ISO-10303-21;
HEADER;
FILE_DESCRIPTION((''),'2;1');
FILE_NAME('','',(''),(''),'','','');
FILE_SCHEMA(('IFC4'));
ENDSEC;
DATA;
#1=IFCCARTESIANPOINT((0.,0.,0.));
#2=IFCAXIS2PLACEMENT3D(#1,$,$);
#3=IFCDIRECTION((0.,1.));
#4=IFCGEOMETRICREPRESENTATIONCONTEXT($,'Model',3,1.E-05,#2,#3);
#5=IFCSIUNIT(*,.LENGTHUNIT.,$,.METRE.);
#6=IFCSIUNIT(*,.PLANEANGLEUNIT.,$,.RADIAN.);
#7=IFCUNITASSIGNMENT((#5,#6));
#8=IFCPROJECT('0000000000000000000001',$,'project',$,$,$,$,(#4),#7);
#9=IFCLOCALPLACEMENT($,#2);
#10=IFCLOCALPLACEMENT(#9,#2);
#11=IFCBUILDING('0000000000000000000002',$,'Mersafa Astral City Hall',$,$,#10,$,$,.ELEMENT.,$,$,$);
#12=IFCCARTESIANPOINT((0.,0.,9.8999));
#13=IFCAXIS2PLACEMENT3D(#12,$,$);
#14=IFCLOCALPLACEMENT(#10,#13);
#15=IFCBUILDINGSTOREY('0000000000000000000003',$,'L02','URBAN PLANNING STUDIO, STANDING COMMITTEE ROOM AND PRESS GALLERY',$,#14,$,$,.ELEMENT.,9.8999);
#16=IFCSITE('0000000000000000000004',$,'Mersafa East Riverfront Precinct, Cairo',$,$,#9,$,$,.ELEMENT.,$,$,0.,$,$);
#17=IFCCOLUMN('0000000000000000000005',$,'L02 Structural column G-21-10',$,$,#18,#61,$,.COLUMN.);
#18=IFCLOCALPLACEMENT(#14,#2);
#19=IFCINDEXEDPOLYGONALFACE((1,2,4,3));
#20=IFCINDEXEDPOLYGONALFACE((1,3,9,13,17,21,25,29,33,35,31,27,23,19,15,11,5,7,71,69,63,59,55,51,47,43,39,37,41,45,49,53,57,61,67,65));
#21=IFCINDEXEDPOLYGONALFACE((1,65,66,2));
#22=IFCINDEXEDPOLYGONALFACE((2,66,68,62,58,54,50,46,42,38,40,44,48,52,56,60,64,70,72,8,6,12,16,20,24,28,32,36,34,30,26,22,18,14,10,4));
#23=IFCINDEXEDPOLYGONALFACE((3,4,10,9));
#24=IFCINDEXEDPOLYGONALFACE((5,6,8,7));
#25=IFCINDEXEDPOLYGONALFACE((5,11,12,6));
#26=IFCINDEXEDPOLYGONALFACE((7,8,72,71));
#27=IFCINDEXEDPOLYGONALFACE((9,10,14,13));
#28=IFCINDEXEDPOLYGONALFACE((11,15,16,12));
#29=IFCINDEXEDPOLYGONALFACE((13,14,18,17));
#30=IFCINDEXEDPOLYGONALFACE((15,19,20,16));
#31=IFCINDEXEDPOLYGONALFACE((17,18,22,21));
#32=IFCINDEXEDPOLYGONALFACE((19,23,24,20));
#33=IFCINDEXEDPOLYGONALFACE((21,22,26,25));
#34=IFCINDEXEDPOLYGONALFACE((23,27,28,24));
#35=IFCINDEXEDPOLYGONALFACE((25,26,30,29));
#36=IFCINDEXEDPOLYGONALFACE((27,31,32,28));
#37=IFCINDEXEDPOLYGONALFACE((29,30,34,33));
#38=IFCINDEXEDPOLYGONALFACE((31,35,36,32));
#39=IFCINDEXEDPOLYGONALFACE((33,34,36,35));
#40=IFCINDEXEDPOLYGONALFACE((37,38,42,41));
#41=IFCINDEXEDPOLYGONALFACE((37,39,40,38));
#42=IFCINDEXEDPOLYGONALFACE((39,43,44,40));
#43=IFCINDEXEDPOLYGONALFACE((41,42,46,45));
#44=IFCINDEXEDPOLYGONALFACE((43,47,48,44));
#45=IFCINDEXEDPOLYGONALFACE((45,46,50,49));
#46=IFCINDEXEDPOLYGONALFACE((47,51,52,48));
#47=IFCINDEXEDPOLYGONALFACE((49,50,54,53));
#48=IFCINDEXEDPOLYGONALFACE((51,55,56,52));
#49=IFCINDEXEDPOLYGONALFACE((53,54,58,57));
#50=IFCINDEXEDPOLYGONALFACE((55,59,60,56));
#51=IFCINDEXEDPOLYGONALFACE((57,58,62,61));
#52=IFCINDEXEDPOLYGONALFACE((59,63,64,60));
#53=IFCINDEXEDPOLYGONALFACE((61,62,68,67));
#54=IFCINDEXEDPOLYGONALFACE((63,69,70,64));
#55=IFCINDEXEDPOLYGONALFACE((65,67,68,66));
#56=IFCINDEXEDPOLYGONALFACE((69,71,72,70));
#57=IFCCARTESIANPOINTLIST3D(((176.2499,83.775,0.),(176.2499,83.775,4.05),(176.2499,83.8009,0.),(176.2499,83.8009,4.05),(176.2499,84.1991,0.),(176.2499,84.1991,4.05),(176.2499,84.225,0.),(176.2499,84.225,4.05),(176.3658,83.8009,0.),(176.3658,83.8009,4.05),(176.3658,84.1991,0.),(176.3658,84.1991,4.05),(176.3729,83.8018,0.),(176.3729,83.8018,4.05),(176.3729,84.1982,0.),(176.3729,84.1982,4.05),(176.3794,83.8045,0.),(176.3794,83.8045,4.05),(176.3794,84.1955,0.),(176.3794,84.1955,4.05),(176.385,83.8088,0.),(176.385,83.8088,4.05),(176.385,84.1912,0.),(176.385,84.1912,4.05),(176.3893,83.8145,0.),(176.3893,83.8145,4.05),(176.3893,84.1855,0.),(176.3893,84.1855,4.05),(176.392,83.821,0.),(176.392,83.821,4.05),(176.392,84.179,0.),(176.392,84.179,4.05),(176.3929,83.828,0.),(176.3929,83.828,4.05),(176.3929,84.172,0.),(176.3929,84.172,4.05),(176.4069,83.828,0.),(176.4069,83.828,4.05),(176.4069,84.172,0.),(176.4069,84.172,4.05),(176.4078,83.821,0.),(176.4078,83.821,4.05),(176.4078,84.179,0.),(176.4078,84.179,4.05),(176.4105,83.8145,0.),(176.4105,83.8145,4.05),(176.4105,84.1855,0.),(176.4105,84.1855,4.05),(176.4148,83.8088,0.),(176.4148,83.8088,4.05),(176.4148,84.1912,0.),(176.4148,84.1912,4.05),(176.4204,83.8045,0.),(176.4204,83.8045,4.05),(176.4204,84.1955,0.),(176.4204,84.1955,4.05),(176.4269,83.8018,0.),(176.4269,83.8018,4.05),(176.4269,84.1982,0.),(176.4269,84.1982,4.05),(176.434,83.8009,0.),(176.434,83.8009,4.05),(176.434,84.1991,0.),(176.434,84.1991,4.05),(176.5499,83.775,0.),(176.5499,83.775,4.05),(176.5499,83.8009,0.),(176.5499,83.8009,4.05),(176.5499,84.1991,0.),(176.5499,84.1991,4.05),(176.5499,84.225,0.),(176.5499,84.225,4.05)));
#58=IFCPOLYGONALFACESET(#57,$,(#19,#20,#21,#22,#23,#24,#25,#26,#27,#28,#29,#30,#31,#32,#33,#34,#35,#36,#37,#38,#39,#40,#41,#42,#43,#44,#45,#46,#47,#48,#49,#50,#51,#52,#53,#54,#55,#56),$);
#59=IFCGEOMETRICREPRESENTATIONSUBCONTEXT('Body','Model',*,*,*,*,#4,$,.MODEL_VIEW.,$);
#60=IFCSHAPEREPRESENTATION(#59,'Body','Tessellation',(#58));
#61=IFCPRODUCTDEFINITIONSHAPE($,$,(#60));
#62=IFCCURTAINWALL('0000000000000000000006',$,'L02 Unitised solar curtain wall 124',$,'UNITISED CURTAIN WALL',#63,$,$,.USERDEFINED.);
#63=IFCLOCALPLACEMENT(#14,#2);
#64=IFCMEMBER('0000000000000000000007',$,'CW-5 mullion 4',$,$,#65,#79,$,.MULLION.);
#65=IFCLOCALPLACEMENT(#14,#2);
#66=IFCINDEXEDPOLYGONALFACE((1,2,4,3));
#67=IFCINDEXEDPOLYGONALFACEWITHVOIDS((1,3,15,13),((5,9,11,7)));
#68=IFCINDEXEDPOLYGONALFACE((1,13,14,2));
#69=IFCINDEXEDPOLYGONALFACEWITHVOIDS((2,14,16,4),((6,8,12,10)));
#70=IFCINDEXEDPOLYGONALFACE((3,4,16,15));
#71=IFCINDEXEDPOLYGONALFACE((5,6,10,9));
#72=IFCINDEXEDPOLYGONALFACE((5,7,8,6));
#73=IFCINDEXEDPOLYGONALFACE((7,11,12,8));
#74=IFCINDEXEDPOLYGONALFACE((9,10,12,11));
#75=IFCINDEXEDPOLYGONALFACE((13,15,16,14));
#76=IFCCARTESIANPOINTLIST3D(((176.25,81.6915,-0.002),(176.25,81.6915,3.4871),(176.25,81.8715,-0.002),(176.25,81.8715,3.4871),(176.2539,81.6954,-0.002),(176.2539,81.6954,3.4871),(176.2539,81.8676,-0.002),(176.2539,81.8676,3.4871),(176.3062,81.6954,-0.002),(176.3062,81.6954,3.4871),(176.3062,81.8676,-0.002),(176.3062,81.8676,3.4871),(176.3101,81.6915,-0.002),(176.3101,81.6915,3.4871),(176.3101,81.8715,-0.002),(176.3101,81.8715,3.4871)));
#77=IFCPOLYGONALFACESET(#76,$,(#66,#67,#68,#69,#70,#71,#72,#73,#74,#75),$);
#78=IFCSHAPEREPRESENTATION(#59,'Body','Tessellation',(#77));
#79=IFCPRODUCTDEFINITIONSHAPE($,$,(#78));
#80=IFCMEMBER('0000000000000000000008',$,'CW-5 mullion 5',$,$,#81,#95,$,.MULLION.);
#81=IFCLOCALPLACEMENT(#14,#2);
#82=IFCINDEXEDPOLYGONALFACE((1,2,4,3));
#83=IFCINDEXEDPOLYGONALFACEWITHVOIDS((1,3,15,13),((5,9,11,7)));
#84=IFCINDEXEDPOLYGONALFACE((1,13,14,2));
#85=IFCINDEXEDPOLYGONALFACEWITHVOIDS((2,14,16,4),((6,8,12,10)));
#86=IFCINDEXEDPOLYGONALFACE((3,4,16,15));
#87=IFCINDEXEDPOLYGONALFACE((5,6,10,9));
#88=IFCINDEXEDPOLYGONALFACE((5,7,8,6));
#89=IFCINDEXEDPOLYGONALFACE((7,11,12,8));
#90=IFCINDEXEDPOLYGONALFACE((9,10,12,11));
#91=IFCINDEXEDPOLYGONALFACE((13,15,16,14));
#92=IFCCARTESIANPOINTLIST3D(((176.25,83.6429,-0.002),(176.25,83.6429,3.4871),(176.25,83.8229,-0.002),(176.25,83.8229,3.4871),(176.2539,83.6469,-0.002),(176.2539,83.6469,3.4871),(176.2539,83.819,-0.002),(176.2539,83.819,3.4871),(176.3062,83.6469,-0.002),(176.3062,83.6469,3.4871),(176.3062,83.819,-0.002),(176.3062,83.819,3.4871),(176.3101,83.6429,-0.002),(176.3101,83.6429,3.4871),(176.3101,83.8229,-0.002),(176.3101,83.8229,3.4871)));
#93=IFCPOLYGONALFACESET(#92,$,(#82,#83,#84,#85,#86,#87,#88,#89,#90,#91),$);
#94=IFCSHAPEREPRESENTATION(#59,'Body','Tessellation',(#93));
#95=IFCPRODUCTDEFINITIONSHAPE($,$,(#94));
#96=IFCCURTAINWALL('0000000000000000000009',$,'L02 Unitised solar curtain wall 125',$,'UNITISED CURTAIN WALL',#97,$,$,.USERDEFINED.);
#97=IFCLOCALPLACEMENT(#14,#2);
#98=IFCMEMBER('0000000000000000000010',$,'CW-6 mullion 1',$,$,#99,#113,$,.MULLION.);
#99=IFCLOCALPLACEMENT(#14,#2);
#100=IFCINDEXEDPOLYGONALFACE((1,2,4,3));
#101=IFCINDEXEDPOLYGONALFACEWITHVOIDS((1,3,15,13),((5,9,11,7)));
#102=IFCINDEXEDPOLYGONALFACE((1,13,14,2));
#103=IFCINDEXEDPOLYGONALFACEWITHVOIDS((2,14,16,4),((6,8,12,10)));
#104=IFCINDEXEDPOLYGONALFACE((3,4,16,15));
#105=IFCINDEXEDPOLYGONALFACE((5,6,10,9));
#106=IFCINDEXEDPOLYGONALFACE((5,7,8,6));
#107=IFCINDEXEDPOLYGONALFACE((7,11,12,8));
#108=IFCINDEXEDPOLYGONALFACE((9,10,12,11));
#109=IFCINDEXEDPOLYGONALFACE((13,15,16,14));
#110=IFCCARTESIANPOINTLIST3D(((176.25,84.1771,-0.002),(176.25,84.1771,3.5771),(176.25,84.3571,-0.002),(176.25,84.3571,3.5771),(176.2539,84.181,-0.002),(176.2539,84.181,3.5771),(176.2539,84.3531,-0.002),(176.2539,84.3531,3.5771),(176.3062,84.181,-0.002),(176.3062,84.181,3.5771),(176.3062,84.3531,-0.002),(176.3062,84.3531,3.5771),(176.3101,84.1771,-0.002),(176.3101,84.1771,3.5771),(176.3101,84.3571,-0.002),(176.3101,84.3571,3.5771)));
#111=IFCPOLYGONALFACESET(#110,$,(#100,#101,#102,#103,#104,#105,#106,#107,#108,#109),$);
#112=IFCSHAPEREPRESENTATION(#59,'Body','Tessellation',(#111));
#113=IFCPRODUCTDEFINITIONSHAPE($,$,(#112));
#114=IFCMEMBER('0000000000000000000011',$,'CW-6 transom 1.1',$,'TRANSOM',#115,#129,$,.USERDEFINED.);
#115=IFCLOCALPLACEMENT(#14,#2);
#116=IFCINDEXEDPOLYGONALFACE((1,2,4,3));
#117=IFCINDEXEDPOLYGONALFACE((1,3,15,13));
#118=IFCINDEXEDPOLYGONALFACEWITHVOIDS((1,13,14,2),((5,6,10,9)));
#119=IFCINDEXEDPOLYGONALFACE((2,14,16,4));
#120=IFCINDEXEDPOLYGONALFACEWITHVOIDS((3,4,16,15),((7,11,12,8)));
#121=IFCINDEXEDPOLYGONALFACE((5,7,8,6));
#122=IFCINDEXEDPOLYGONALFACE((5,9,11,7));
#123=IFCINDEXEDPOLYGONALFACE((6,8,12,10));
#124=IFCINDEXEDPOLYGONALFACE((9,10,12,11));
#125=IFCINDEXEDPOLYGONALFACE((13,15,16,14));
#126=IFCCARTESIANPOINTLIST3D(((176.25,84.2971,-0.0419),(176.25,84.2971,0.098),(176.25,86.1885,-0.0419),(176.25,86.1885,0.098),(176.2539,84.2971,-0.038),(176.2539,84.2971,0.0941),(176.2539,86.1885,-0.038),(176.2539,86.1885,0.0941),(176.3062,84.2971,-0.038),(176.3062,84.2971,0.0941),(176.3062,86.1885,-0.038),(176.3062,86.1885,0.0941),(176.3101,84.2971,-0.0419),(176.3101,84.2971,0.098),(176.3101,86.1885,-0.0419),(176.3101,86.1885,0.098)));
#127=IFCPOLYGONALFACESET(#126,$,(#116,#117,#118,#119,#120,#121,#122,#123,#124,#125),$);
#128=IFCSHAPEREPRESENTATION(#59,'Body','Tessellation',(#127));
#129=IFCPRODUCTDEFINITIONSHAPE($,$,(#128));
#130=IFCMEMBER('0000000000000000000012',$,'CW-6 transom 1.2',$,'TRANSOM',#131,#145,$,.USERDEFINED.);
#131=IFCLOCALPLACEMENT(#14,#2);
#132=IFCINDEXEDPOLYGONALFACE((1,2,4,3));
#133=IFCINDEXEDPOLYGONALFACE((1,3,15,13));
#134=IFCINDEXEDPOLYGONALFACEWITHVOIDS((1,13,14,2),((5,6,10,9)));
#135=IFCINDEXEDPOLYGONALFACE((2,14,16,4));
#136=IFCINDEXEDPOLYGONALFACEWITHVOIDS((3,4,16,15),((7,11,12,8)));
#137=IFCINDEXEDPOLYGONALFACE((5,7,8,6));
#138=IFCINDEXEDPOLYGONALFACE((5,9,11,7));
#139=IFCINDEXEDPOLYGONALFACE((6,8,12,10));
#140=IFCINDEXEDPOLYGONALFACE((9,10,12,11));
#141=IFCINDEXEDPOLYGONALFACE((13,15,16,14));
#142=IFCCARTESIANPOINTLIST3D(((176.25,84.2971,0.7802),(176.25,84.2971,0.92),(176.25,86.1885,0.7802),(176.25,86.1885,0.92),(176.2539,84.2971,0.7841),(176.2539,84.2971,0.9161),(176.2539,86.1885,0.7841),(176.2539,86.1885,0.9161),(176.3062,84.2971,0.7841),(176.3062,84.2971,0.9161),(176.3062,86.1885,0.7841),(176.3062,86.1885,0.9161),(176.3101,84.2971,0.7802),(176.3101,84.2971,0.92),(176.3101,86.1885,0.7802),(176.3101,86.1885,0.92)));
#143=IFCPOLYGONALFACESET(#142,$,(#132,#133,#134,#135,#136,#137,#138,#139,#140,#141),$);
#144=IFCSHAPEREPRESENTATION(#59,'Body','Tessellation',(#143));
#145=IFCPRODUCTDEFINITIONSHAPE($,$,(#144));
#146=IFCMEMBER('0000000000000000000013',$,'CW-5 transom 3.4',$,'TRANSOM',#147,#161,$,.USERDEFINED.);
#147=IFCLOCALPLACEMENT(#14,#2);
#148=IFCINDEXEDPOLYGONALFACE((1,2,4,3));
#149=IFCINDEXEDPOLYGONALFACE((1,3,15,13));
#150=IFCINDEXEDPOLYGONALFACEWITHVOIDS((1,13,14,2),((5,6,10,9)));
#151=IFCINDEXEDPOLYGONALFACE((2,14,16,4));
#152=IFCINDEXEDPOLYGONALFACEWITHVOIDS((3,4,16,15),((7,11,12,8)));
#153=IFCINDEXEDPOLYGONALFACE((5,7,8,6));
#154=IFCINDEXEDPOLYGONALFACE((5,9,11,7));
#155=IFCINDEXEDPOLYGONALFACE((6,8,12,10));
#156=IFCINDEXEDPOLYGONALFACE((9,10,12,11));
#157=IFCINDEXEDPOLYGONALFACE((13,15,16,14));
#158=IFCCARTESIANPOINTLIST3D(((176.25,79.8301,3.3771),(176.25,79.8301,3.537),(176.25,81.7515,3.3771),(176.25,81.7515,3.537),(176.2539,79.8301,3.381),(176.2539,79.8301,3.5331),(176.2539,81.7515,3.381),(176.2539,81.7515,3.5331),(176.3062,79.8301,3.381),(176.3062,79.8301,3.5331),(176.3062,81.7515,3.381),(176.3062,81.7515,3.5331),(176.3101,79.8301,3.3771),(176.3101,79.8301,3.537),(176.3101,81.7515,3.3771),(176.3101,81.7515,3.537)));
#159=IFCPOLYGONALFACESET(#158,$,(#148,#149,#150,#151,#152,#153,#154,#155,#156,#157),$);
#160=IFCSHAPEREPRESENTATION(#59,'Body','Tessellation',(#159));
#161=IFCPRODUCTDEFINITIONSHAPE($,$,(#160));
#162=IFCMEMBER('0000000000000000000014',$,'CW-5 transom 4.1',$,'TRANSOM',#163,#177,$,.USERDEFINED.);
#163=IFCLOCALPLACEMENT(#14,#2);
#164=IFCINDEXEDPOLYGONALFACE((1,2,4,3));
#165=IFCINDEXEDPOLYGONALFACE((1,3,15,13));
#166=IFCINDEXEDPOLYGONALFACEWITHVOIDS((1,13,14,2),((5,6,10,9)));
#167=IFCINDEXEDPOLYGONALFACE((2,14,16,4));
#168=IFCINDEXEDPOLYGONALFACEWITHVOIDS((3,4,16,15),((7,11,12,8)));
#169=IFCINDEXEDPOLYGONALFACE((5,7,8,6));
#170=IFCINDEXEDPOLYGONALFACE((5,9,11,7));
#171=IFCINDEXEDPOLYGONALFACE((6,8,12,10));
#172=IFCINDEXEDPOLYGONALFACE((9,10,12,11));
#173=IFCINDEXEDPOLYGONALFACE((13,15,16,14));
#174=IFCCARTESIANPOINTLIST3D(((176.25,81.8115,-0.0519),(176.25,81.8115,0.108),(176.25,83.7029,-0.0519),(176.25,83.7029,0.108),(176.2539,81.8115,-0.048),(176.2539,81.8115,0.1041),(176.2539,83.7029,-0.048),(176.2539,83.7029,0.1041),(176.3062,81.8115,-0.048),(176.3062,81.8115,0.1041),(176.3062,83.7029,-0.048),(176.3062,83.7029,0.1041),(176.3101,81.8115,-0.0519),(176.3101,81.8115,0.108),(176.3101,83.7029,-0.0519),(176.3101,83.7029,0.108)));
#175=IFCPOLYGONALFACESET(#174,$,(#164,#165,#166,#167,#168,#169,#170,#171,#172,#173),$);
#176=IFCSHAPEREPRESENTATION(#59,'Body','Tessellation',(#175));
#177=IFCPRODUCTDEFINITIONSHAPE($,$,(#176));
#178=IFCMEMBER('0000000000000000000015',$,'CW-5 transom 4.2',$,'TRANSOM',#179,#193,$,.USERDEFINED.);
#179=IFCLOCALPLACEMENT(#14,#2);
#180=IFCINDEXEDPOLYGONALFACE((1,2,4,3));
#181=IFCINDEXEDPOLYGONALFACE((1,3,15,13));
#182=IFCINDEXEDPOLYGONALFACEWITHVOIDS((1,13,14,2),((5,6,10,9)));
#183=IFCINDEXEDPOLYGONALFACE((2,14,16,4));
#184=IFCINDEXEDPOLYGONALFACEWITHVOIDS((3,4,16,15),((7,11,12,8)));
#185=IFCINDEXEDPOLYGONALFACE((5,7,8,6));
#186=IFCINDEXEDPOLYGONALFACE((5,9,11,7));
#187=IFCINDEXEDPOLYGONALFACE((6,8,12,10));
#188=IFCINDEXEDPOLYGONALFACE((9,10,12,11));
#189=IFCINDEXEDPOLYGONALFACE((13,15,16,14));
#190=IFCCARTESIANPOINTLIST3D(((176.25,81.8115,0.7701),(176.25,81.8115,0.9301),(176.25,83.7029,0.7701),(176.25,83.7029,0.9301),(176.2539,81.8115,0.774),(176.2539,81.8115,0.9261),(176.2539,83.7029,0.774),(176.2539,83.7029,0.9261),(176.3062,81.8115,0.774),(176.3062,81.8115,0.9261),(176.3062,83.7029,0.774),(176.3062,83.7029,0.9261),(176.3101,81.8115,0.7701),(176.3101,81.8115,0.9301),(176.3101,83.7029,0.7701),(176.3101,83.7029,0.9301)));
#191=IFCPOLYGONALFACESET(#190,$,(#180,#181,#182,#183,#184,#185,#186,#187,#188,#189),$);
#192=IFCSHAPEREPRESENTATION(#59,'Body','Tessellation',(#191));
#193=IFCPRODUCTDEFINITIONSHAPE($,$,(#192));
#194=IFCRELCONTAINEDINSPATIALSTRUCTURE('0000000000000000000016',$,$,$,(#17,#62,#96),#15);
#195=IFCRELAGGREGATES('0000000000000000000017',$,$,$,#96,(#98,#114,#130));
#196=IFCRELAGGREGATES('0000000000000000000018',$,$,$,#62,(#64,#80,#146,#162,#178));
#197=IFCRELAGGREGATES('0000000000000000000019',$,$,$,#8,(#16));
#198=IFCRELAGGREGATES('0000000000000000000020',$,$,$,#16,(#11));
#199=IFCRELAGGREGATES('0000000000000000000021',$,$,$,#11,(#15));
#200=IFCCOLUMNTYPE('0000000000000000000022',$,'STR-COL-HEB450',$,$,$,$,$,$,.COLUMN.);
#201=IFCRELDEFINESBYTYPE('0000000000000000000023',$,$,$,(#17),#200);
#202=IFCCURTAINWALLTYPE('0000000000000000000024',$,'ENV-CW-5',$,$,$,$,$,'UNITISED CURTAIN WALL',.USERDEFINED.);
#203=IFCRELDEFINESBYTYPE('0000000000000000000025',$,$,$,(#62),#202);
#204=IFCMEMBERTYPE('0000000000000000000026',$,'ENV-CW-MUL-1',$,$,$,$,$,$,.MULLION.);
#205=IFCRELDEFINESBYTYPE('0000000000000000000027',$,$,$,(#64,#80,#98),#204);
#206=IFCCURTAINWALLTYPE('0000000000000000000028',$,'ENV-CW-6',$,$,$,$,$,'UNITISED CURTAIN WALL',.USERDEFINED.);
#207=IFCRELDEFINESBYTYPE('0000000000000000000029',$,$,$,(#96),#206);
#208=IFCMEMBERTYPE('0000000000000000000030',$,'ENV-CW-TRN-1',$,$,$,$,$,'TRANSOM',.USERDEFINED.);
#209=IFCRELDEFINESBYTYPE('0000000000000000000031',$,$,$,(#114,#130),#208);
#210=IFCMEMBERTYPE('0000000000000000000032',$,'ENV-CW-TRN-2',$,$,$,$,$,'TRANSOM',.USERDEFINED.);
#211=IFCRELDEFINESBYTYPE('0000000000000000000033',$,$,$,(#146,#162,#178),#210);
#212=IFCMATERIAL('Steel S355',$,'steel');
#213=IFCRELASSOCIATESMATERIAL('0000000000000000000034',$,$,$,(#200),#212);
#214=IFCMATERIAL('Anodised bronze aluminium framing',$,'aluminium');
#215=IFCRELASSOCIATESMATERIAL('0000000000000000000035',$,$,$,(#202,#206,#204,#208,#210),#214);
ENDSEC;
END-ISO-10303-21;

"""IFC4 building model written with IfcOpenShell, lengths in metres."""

from ifc_helpers import new_model, si_unit, direction, frame, origin, origin_2d, place, context, subcontext, project, spatial, hollow_rectangle, i_section, extrude, material, material_profile, profile_set, type_object, element, aggregate, save


model = new_model("IFC4")

# Units and contexts
model_context = context("Model", 3, precision=1e-05, world=origin(), true_north=direction((0.0, 1.0)))
body_context = subcontext(model_context, "Body", "Model", "MODEL_VIEW")
ifc_project = project(units=[si_unit("LENGTHUNIT", "METRE"), si_unit("PLANEANGLEUNIT", "RADIAN")], contexts=[model_context])

# Site, building, storey
site_placement = place(None, origin())
site = spatial("IfcSite", under=ifc_project, at=site_placement, Name="Mersafa East Riverfront Precinct, Cairo", CompositionType="ELEMENT", RefElevation=0.0)
building_placement = place(site_placement, origin())
building = spatial("IfcBuilding", under=site, at=building_placement, Name="Mersafa Astral City Hall", CompositionType="ELEMENT")
storey_placement = place(building_placement, frame((0.0, 0.0, 9.8999)))
storey = spatial("IfcBuildingStorey", under=building, at=storey_placement, Name="L02", Description="URBAN PLANNING STUDIO, STANDING COMMITTEE ROOM AND PRESS GALLERY", CompositionType="ELEMENT", Elevation=9.8999)

# Column
ifc_material_1 = material(Name="Steel S355", Category="steel")
ifc_material_profile_1 = material_profile(ifc_material_1, i_section(OverallWidth=0.3, OverallDepth=0.45, WebThickness=0.0139, FlangeThickness=0.0259, FilletRadius=0.0271, at=origin_2d()), Name="HEB 450")
ifc_profile_set_1 = profile_set([ifc_material_profile_1], Name="Steel S355")
column_type = type_object("IfcColumnType", Name="STR-COL-HEB450", PredefinedType="COLUMN", material=ifc_profile_set_1)
column_placement = place(storey_placement, frame((176.3999, 84.0, 0.0), z_axis=(0.0, 0.0, 1.0), x_axis=(1.0, 0.0, 0.0)))
element("IfcColumn", 1, at=column_placement, inside=storey, type_object=column_type, Name="L02 Structural column G-21-10", PredefinedType="COLUMN", context=body_context, shape_type="SweptSolid", body=[
    extrude(i_section(OverallWidth=0.3, OverallDepth=0.45, WebThickness=0.0139, FlangeThickness=0.0259, FilletRadius=0.0271, at=origin_2d()), origin(), (0.0, 0.0, 1.0), 4.05),
])

# Curtain walls, members
ifc_material_2 = material(Name="Anodised bronze aluminium framing", Category="aluminium")
curtain_wall_type_1 = type_object("IfcCurtainWallType", Name="ENV-CW-5", ElementType="UNITISED CURTAIN WALL", PredefinedType="USERDEFINED", material=ifc_material_2)
curtain_wall_1_placement = place(storey_placement, origin())
curtain_wall_1 = element("IfcCurtainWall", 2, at=curtain_wall_1_placement, inside=storey, type_object=curtain_wall_type_1, Name="L02 Unitised solar curtain wall 124", ObjectType="UNITISED CURTAIN WALL", PredefinedType="USERDEFINED")
ifc_material_profile_2 = material_profile(ifc_material_2, hollow_rectangle(XDim=0.0601, YDim=0.1799, WallThickness=0.0039, at=origin_2d()), Name="RHS 60x180x4")
ifc_profile_set_2 = profile_set([ifc_material_profile_2], Name="Anodised bronze aluminium framing")
member_type_1 = type_object("IfcMemberType", Name="ENV-CW-MUL-1", PredefinedType="MULLION", material=ifc_profile_set_2)
member_1_placement = place(storey_placement, frame((176.28, 81.7815, -0.002), z_axis=(0.0, 0.0, 1.0), x_axis=(-1.0, 0.0, 0.0)))
member_1 = element("IfcMember", 3, at=member_1_placement, type_object=member_type_1, Name="CW-5 mullion 4", PredefinedType="MULLION", context=body_context, shape_type="SweptSolid", body=[
    extrude(hollow_rectangle(XDim=0.0601, YDim=0.1799, WallThickness=0.0039, at=origin_2d()), origin(), (0.0, 0.0, 1.0), 3.489),
])
member_2_placement = place(storey_placement, frame((176.28, 83.7329, -0.002), z_axis=(0.0, 0.0, 1.0), x_axis=(-1.0, 0.0, 0.0)))
member_2 = element("IfcMember", 4, at=member_2_placement, type_object=member_type_1, Name="CW-5 mullion 5", PredefinedType="MULLION", context=body_context, shape_type="SweptSolid", body=[
    extrude(hollow_rectangle(XDim=0.0601, YDim=0.1799, WallThickness=0.0039, at=origin_2d()), origin(), (0.0, 0.0, 1.0), 3.489),
])
curtain_wall_type_2 = type_object("IfcCurtainWallType", Name="ENV-CW-6", ElementType="UNITISED CURTAIN WALL", PredefinedType="USERDEFINED", material=ifc_material_2)
curtain_wall_2_placement = place(storey_placement, origin())
curtain_wall_2 = element("IfcCurtainWall", 5, at=curtain_wall_2_placement, inside=storey, type_object=curtain_wall_type_2, Name="L02 Unitised solar curtain wall 125", ObjectType="UNITISED CURTAIN WALL", PredefinedType="USERDEFINED")
member_3_placement = place(storey_placement, frame((176.28, 84.2671, -0.002), z_axis=(0.0, 0.0, 1.0), x_axis=(-1.0, 0.0, 0.0)))
member_3 = element("IfcMember", 6, at=member_3_placement, type_object=member_type_1, Name="CW-6 mullion 1", PredefinedType="MULLION", context=body_context, shape_type="SweptSolid", body=[
    extrude(hollow_rectangle(XDim=0.0601, YDim=0.1799, WallThickness=0.0039, at=origin_2d()), origin(), (0.0, 0.0, 1.0), 3.5791),
])
ifc_material_profile_3 = material_profile(ifc_material_2, hollow_rectangle(XDim=0.0601, YDim=0.1399, WallThickness=0.0039, at=origin_2d()), Name="RHS 60x140x4")
ifc_profile_set_3 = profile_set([ifc_material_profile_3], Name="Anodised bronze aluminium framing")
member_type_2 = type_object("IfcMemberType", Name="ENV-CW-TRN-1", ElementType="TRANSOM", PredefinedType="USERDEFINED", material=ifc_profile_set_3)
member_4_placement = place(storey_placement, frame((176.28, 84.2971, 0.0281), z_axis=(0.0, 1.0, 0.0), x_axis=(-1.0, 0.0, 0.0)))
member_4 = element("IfcMember", 7, at=member_4_placement, type_object=member_type_2, Name="CW-6 transom 1.1", ObjectType="TRANSOM", PredefinedType="USERDEFINED", context=body_context, shape_type="SweptSolid", body=[
    extrude(hollow_rectangle(XDim=0.0601, YDim=0.1399, WallThickness=0.0039, at=origin_2d()), origin(), (0.0, 0.0, 1.0), 1.8914),
])
member_5_placement = place(storey_placement, frame((176.28, 84.2971, 0.8501), z_axis=(0.0, 1.0, 0.0), x_axis=(-1.0, 0.0, 0.0)))
member_5 = element("IfcMember", 8, at=member_5_placement, type_object=member_type_2, Name="CW-6 transom 1.2", ObjectType="TRANSOM", PredefinedType="USERDEFINED", context=body_context, shape_type="SweptSolid", body=[
    extrude(hollow_rectangle(XDim=0.0601, YDim=0.1399, WallThickness=0.0039, at=origin_2d()), origin(), (0.0, 0.0, 1.0), 1.8914),
])
aggregate(curtain_wall_2, [member_3, member_4, member_5])

# Members
ifc_material_profile_4 = material_profile(ifc_material_2, hollow_rectangle(XDim=0.0601, YDim=0.1599, WallThickness=0.0039, at=origin_2d()), Name="RHS 60x160x4")
ifc_profile_set_4 = profile_set([ifc_material_profile_4], Name="Anodised bronze aluminium framing")
member_type_3 = type_object("IfcMemberType", Name="ENV-CW-TRN-2", ElementType="TRANSOM", PredefinedType="USERDEFINED", material=ifc_profile_set_4)
member_6_placement = place(storey_placement, frame((176.28, 79.8301, 3.457), z_axis=(0.0, 1.0, 0.0), x_axis=(-1.0, 0.0, 0.0)))
member_6 = element("IfcMember", 9, at=member_6_placement, type_object=member_type_3, Name="CW-5 transom 3.4", ObjectType="TRANSOM", PredefinedType="USERDEFINED", context=body_context, shape_type="SweptSolid", body=[
    extrude(hollow_rectangle(XDim=0.0601, YDim=0.1599, WallThickness=0.0039, at=origin_2d()), origin(), (0.0, 0.0, 1.0), 1.9214),
])
member_7_placement = place(storey_placement, frame((176.28, 81.8115, 0.0281), z_axis=(0.0, 1.0, 0.0), x_axis=(-1.0, 0.0, 0.0)))
member_7 = element("IfcMember", 10, at=member_7_placement, type_object=member_type_3, Name="CW-5 transom 4.1", ObjectType="TRANSOM", PredefinedType="USERDEFINED", context=body_context, shape_type="SweptSolid", body=[
    extrude(hollow_rectangle(XDim=0.0601, YDim=0.1599, WallThickness=0.0039, at=origin_2d()), origin(), (0.0, 0.0, 1.0), 1.8914),
])
member_8_placement = place(storey_placement, frame((176.28, 81.8115, 0.8501), z_axis=(0.0, 1.0, 0.0), x_axis=(-1.0, 0.0, 0.0)))
member_8 = element("IfcMember", 11, at=member_8_placement, type_object=member_type_3, Name="CW-5 transom 4.2", ObjectType="TRANSOM", PredefinedType="USERDEFINED", context=body_context, shape_type="SweptSolid", body=[
    extrude(hollow_rectangle(XDim=0.0601, YDim=0.1599, WallThickness=0.0039, at=origin_2d()), origin(), (0.0, 0.0, 1.0), 1.8914),
])

aggregate(curtain_wall_1, [member_1, member_2, member_6, member_7, member_8])

save(model, "model.ifc")
